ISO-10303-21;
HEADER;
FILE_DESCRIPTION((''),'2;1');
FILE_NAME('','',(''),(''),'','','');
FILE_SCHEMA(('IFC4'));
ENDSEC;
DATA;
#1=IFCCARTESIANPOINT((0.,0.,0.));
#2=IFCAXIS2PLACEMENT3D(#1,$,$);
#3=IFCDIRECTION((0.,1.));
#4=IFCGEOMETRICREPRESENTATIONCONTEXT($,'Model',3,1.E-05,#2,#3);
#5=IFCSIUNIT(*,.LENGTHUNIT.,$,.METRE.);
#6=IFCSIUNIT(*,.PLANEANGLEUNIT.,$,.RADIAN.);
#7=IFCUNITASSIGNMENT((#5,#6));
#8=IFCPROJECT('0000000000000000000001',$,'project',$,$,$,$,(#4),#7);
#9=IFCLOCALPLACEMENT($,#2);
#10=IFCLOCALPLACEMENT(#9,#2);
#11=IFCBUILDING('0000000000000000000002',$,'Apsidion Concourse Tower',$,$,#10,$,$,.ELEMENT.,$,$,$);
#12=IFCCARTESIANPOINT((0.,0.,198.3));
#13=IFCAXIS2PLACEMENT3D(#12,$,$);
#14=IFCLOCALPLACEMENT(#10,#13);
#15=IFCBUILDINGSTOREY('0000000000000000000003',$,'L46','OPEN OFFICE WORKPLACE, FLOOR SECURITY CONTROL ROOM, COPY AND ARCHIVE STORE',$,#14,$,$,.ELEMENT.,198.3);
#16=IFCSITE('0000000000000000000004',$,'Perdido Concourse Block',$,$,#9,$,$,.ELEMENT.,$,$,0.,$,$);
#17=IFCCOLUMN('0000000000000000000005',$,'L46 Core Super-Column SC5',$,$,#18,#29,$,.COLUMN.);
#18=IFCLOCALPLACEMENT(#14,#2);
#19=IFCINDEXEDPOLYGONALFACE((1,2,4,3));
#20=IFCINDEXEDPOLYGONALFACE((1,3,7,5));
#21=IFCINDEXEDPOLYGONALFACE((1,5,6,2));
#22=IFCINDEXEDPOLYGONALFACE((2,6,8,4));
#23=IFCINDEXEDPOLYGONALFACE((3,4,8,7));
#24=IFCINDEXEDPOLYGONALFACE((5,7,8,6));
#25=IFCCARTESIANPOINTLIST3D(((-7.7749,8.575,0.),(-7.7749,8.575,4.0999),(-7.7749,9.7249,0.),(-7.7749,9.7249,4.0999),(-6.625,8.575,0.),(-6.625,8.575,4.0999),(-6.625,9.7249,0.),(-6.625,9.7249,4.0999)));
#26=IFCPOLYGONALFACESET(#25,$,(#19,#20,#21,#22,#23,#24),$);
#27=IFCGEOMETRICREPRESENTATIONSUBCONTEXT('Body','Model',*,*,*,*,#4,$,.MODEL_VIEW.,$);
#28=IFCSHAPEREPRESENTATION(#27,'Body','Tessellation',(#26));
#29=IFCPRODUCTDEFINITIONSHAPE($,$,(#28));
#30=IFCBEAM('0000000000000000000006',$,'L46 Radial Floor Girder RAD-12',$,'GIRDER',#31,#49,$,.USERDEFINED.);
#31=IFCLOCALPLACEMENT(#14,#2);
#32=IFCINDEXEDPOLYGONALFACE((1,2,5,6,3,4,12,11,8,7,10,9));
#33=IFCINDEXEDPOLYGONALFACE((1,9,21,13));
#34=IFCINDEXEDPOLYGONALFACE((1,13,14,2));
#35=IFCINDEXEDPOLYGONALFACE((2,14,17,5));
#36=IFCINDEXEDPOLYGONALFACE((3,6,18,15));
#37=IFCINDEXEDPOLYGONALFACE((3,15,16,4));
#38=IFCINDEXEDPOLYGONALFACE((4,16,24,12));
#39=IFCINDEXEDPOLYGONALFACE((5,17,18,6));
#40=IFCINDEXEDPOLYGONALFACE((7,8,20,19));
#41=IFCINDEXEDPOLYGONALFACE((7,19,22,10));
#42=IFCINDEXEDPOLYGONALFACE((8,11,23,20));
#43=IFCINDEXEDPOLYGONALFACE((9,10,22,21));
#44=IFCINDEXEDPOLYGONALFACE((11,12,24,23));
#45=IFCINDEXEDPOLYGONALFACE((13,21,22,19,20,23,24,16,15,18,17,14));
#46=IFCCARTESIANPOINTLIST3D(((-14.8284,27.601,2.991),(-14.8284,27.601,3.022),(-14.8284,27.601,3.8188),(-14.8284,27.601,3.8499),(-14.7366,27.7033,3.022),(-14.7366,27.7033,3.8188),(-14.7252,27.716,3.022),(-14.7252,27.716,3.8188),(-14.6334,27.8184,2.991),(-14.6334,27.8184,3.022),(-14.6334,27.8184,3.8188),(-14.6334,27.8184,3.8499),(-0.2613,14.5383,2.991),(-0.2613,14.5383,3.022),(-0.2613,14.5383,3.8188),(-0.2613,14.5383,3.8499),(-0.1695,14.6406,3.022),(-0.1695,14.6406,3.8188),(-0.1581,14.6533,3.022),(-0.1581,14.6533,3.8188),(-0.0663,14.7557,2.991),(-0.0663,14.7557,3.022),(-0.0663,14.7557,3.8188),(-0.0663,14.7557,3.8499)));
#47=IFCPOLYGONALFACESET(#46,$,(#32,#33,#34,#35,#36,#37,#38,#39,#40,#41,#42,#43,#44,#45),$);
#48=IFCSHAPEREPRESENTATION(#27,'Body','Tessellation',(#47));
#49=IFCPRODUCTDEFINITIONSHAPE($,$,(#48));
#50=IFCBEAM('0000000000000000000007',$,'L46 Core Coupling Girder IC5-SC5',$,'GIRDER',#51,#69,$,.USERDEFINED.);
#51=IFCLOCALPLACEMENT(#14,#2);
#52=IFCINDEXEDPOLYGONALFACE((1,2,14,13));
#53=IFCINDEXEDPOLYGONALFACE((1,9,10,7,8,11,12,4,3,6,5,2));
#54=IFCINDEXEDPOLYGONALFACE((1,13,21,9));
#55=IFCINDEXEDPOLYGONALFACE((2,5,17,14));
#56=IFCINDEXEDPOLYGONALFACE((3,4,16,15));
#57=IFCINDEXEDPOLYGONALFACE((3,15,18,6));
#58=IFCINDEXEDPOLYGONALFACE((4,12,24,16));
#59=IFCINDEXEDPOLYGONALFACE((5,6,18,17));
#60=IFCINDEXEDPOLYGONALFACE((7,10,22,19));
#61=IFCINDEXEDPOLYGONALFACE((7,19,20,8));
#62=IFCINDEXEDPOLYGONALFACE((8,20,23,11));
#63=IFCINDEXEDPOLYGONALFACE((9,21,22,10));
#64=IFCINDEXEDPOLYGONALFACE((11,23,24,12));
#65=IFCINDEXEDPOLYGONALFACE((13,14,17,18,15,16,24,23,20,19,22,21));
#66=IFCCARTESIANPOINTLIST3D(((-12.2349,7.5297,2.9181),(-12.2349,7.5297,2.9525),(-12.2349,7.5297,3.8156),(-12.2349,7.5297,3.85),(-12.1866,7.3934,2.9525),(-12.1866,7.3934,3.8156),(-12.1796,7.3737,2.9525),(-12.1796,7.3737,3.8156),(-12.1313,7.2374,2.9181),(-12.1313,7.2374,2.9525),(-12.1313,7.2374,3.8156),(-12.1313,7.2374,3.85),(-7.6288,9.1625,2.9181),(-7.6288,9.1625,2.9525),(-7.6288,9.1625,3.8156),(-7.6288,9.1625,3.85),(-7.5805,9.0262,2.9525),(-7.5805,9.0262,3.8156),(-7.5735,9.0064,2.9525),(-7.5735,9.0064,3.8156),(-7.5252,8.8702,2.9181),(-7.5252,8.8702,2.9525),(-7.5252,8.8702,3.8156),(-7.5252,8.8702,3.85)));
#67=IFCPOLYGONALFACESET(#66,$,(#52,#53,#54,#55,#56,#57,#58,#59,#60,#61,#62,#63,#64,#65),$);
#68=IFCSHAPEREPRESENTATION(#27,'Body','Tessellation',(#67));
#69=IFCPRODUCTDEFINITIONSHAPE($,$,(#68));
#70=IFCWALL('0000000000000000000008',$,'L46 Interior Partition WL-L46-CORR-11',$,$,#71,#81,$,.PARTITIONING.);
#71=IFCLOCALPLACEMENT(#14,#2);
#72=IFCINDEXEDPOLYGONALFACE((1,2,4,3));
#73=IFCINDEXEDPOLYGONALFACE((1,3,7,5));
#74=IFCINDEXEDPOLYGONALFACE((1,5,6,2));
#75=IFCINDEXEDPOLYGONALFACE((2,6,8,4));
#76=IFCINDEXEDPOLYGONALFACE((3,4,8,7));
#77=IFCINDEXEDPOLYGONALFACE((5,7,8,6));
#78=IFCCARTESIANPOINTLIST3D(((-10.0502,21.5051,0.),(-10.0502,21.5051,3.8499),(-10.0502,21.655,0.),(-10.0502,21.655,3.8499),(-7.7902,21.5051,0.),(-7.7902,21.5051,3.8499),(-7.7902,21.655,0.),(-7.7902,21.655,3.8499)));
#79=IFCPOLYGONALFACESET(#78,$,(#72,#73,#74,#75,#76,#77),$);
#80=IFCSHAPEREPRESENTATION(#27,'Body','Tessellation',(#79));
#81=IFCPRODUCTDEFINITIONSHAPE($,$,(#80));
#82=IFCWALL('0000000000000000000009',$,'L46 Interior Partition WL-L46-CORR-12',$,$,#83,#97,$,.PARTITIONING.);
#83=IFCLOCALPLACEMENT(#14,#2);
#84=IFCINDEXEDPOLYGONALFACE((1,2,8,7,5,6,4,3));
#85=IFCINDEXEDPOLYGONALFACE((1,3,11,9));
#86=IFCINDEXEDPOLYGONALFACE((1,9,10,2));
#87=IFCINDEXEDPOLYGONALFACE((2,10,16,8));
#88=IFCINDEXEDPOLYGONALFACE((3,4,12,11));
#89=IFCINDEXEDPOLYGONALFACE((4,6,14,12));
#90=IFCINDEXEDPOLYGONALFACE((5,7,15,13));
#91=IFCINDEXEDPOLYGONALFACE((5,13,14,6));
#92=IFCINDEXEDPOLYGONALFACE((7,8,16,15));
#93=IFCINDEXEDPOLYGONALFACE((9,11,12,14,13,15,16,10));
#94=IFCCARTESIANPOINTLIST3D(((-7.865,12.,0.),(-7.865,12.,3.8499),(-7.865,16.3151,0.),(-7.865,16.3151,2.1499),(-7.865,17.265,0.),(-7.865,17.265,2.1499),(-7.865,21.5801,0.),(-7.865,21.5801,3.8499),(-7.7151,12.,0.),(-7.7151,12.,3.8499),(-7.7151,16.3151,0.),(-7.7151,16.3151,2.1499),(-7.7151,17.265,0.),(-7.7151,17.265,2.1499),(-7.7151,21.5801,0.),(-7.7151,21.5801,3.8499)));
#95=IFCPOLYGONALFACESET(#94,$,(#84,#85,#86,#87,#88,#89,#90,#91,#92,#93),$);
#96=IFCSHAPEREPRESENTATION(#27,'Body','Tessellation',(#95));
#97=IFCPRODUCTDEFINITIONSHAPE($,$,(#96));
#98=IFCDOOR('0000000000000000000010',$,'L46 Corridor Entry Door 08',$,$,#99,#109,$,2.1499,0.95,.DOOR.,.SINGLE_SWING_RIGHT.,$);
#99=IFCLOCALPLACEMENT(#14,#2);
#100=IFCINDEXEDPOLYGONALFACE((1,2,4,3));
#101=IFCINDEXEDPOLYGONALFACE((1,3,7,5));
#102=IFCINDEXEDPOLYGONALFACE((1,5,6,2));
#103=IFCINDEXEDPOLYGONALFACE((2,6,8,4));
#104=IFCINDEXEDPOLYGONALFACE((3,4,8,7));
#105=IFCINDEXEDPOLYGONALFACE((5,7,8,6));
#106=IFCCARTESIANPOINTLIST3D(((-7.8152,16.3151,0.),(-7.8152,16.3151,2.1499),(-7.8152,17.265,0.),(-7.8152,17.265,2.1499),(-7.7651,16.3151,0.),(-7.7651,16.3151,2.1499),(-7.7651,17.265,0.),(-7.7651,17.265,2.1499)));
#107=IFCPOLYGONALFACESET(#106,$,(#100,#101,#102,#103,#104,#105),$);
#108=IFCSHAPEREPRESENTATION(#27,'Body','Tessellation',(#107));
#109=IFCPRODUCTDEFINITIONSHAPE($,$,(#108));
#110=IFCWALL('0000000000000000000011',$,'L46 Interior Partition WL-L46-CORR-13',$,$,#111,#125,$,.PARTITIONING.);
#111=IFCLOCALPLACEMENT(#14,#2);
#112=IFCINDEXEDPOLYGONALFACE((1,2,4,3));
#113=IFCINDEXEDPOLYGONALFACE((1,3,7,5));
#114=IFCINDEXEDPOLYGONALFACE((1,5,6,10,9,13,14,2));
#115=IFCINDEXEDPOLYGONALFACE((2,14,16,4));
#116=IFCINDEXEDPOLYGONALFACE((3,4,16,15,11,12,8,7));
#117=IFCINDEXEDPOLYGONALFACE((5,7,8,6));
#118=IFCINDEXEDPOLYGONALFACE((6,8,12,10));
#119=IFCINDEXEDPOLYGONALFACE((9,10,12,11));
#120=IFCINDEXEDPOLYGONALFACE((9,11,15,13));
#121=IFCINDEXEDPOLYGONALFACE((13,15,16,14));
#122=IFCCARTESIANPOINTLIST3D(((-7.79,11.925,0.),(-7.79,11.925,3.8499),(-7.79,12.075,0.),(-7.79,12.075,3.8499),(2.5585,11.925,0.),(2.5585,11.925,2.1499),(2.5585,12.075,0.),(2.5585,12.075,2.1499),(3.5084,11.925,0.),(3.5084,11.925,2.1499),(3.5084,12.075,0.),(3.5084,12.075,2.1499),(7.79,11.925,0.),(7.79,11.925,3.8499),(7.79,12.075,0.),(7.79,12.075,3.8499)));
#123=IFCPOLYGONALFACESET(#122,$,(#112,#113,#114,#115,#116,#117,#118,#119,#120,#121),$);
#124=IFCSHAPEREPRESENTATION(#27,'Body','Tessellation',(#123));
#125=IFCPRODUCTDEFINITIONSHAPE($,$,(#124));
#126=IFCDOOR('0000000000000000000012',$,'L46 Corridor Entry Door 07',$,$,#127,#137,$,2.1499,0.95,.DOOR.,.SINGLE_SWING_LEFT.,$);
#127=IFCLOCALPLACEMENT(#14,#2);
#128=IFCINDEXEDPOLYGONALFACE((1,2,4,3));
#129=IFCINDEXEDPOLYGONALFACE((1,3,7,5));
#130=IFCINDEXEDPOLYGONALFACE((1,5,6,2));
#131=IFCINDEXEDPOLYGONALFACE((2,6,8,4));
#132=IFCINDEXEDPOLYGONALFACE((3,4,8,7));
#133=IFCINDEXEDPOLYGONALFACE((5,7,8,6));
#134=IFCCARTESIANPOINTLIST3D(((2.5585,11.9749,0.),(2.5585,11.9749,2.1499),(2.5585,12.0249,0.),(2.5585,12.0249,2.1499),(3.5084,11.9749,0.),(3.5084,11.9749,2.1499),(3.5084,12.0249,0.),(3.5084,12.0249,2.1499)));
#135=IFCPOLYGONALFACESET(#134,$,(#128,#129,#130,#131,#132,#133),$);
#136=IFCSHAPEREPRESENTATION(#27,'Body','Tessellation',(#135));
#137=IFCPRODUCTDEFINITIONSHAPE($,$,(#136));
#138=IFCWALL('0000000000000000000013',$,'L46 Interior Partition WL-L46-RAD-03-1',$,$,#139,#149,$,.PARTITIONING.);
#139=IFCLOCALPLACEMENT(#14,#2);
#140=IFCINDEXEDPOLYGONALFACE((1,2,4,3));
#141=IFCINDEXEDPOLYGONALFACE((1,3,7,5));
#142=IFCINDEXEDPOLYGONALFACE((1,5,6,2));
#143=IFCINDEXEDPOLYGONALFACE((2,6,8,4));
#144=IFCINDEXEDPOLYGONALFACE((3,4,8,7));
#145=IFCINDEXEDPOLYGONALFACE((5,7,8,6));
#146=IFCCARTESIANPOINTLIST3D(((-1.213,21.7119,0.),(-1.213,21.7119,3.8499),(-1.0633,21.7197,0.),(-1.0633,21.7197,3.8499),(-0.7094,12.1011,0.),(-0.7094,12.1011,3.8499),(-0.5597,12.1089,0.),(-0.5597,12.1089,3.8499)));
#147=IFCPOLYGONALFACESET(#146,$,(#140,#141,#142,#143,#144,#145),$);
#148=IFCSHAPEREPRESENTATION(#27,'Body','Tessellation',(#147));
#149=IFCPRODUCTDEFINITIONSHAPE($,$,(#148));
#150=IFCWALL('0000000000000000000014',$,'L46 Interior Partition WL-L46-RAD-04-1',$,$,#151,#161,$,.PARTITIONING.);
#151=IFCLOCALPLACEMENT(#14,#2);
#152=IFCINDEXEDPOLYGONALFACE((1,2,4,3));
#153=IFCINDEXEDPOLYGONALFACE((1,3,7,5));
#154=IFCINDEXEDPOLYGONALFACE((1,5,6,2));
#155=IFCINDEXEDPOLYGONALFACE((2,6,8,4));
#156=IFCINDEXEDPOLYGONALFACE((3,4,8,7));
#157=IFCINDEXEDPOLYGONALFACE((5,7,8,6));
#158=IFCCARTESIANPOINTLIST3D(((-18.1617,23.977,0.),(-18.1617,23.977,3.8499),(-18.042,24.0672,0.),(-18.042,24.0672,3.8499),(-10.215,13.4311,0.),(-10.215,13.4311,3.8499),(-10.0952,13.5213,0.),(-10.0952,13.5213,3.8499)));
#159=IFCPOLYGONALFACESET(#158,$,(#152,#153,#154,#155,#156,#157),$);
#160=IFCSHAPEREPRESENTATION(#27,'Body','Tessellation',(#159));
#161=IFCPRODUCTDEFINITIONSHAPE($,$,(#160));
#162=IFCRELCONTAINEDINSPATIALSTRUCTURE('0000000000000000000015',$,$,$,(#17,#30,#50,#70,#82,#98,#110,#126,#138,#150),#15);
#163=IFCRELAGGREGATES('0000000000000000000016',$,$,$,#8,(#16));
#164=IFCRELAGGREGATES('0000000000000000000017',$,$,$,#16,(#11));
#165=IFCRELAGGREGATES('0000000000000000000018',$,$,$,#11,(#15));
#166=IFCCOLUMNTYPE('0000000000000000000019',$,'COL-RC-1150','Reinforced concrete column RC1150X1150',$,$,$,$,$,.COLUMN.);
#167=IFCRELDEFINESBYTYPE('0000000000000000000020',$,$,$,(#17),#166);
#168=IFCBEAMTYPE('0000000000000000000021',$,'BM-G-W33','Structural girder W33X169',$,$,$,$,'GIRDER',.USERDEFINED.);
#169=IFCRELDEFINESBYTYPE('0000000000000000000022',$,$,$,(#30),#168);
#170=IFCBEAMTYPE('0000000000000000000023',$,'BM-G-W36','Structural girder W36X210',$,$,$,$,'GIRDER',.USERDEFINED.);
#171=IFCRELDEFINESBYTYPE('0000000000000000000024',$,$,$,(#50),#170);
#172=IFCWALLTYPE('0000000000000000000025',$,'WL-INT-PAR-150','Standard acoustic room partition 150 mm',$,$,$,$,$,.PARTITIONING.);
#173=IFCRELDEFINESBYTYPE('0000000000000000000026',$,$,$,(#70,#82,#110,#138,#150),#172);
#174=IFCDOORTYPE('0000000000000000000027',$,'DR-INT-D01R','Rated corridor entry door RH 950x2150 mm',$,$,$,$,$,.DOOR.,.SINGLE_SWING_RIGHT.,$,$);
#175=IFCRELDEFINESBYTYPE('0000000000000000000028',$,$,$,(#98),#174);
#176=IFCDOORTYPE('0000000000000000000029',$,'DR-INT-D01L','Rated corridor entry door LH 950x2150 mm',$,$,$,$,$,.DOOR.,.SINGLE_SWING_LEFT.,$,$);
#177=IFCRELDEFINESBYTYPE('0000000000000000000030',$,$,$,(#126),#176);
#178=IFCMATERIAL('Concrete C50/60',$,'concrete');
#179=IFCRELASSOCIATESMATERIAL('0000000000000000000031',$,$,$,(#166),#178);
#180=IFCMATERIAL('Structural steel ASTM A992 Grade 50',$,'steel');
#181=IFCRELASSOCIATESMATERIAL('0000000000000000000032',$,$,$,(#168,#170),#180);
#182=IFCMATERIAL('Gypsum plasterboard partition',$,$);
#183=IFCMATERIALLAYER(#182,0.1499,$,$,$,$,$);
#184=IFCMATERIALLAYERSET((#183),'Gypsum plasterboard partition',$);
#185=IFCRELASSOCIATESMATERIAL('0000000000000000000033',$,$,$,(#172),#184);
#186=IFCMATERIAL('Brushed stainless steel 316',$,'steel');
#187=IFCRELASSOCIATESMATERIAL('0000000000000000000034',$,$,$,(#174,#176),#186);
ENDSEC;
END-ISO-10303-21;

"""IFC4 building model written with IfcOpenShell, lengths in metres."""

from ifc_helpers import new_model, si_unit, direction, frame, frame_2d, origin, origin_2d, place, context, subcontext, project, spatial, rectangle, i_section, extrude, material, layer, layer_set, material_profile, profile_set, type_object, element, fill, save


model = new_model("IFC4")

# Units and contexts
model_context = context("Model", 3, precision=1e-05, world=origin(), true_north=direction((0.0, 1.0)))
body_context = subcontext(model_context, "Body", "Model", "MODEL_VIEW")
ifc_project = project(units=[si_unit("LENGTHUNIT", "METRE"), si_unit("PLANEANGLEUNIT", "RADIAN")], contexts=[model_context])

# Site, building, storey
site_placement = place(None, origin())
site = spatial("IfcSite", under=ifc_project, at=site_placement, Name="Perdido Concourse Block", CompositionType="ELEMENT", RefElevation=0.0)
building_placement = place(site_placement, origin())
building = spatial("IfcBuilding", under=site, at=building_placement, Name="Apsidion Concourse Tower", CompositionType="ELEMENT")
storey_placement = place(building_placement, frame((0.0, 0.0, 198.3)))
storey = spatial("IfcBuildingStorey", under=building, at=storey_placement, Name="L46", Description="OPEN OFFICE WORKPLACE, FLOOR SECURITY CONTROL ROOM, COPY AND ARCHIVE STORE", CompositionType="ELEMENT", Elevation=198.3)

# Column
ifc_material_1 = material(Name="Concrete C50/60", Category="concrete")
ifc_material_profile_1 = material_profile(ifc_material_1, rectangle(XDim=1.1499, YDim=1.1499, at=origin_2d()), Name="RC 1150x1150")
ifc_profile_set_1 = profile_set([ifc_material_profile_1], Name="Concrete C50/60")
column_type = type_object("IfcColumnType", Name="COL-RC-1150", Description="Reinforced concrete column RC1150X1150", PredefinedType="COLUMN", material=ifc_profile_set_1)
column_placement = place(storey_placement, frame((-7.2, 9.1499, 0.0), z_axis=(0.0, 0.0, 1.0), x_axis=(1.0, 0.0, 0.0)))
element("IfcColumn", 1, at=column_placement, inside=storey, type_object=column_type, Name="L46 Core Super-Column SC5", PredefinedType="COLUMN", context=body_context, shape_type="SweptSolid", body=[
    extrude(rectangle(XDim=1.1499, YDim=1.1499, at=origin_2d()), origin(), (0.0, 0.0, 1.0), 4.0999),
])

# Beams
ifc_material_2 = material(Name="Structural steel ASTM A992 Grade 50", Category="steel")
ifc_material_profile_2 = material_profile(ifc_material_2, i_section(OverallWidth=0.292, OverallDepth=0.8589, WebThickness=0.0171, FlangeThickness=0.031, at=origin_2d()), Name="W33X169")
ifc_profile_set_2 = profile_set([ifc_material_profile_2], Name="Structural steel ASTM A992 Grade 50")
beam_type_1 = type_object("IfcBeamType", Name="BM-G-W33", Description="Structural girder W33X169", ElementType="GIRDER", PredefinedType="USERDEFINED", material=ifc_profile_set_2)
beam_1_placement = place(storey_placement, frame((-0.1638, 14.647, 3.4204), z_axis=(-0.744505, 0.667617, 0.0), x_axis=(-0.667617, -0.744505, 0.0)))
element("IfcBeam", 2, at=beam_1_placement, inside=storey, type_object=beam_type_1, Name="L46 Radial Floor Girder RAD-12", ObjectType="GIRDER", PredefinedType="USERDEFINED", context=body_context, shape_type="SweptSolid", body=[
    extrude(i_section(OverallWidth=0.292, OverallDepth=0.8589, WebThickness=0.0171, FlangeThickness=0.031, at=origin_2d()), origin(), (0.0, 0.0, 1.0), 19.5662),
])
ifc_material_profile_3 = material_profile(ifc_material_2, i_section(OverallWidth=0.3101, OverallDepth=0.9319, WebThickness=0.021, FlangeThickness=0.0344, at=origin_2d()), Name="W36X210")
ifc_profile_set_3 = profile_set([ifc_material_profile_3], Name="Structural steel ASTM A992 Grade 50")
beam_type_2 = type_object("IfcBeamType", Name="BM-G-W36", Description="Structural girder W36X210", ElementType="GIRDER", PredefinedType="USERDEFINED", material=ifc_profile_set_3)
beam_2_placement = place(storey_placement, frame((-12.1831, 7.3835, 3.384), z_axis=(0.942534, 0.334111, 0.0), x_axis=(-0.334111, 0.942534, 0.0)))
element("IfcBeam", 3, at=beam_2_placement, inside=storey, type_object=beam_type_2, Name="L46 Core Coupling Girder IC5-SC5", ObjectType="GIRDER", PredefinedType="USERDEFINED", context=body_context, shape_type="SweptSolid", body=[
    extrude(i_section(OverallWidth=0.3101, OverallDepth=0.9319, WebThickness=0.021, FlangeThickness=0.0344, at=origin_2d()), origin(), (0.0, 0.0, 1.0), 4.887),
])

# Wall
ifc_material_3 = material(Name="Gypsum plasterboard partition")
ifc_layer_1 = layer(ifc_material_3, 0.1499)
ifc_layer_set_1 = layer_set([ifc_layer_1], Name="Gypsum plasterboard partition")
wall_type_1 = type_object("IfcWallType", Name="WL-INT-PAR-150", Description="Standard acoustic room partition 150 mm", PredefinedType="PARTITIONING", material=ifc_layer_set_1)
wall_1_placement = place(storey_placement, frame((-10.05, 21.5801, 0.0), z_axis=(0.0, 0.0, 1.0), x_axis=(1.0, 0.0, 0.0)))
element("IfcWall", 4, at=wall_1_placement, inside=storey, type_object=wall_type_1, Name="L46 Interior Partition WL-L46-CORR-11", PredefinedType="PARTITIONING", context=body_context, shape_type="SweptSolid", body=[
    extrude(rectangle(XDim=2.26, YDim=0.1499, at=frame_2d((1.1299, 0.0))), origin(), (0.0, 0.0, 1.0), 3.8499),
])

# Walls, openings, doors
wall_2_placement = place(storey_placement, frame((-7.79, 21.5801, 0.0), z_axis=(0.0, 0.0, 1.0), x_axis=(0.0, -1.0, 0.0)))
wall_2 = element("IfcWall", 5, at=wall_2_placement, inside=storey, type_object=wall_type_1, Name="L46 Interior Partition WL-L46-CORR-12", PredefinedType="PARTITIONING", context=body_context, shape_type="SweptSolid", body=[
    extrude(rectangle(XDim=9.5801, YDim=0.1499, at=frame_2d((4.79, 0.0))), origin(), (0.0, 0.0, 1.0), 3.8499),
])
opening_1_placement = place(wall_2_placement, frame((4.3149, 0.0, 0.0)))
opening_1 = element("IfcOpeningElement", 6, at=opening_1_placement, cuts=wall_2, PredefinedType="OPENING", context=body_context, shape_type="SweptSolid", body=[
    extrude(rectangle(XDim=0.95, YDim=2.1499, at=frame_2d((0.4751, 1.075))), frame((0.0, 0.085, 0.0), z_axis=(0.0, -1.0, 0.0), x_axis=(1.0, 0.0, 0.0)), (0.0, 0.0, 1.0), 0.1699),
])
ifc_material_4 = material(Name="Brushed stainless steel 316", Category="steel")
door_type_1 = type_object("IfcDoorType", Name="DR-INT-D01R", Description="Rated corridor entry door RH 950x2150 mm", OperationType="SINGLE_SWING_RIGHT", PredefinedType="DOOR", material=ifc_material_4)
door_1_placement = place(opening_1_placement, origin())
door_1 = element("IfcDoor", 7, at=door_1_placement, inside=storey, type_object=door_type_1, Name="L46 Corridor Entry Door 08", OperationType="SINGLE_SWING_RIGHT", OverallHeight=2.1499, OverallWidth=0.95, PredefinedType="DOOR", context=body_context, shape_type="SweptSolid", body=[
    extrude(rectangle(XDim=0.95, YDim=2.1499, at=frame_2d((0.4751, 1.075))), frame((0.0, 0.0249, 0.0), z_axis=(0.0, -1.0, 0.0), x_axis=(1.0, 0.0, 0.0)), (0.0, 0.0, 1.0), 0.05),
])
fill(opening_1, door_1)
wall_3_placement = place(storey_placement, frame((-7.79, 12.0, 0.0), z_axis=(0.0, 0.0, 1.0), x_axis=(1.0, 0.0, 0.0)))
wall_3 = element("IfcWall", 8, at=wall_3_placement, inside=storey, type_object=wall_type_1, Name="L46 Interior Partition WL-L46-CORR-13", PredefinedType="PARTITIONING", context=body_context, shape_type="SweptSolid", body=[
    extrude(rectangle(XDim=15.5801, YDim=0.1499, at=frame_2d((7.79, 0.0))), origin(), (0.0, 0.0, 1.0), 3.8499),
])
opening_2_placement = place(wall_3_placement, frame((10.3484, 0.0, 0.0)))
opening_2 = element("IfcOpeningElement", 9, at=opening_2_placement, cuts=wall_3, PredefinedType="OPENING", context=body_context, shape_type="SweptSolid", body=[
    extrude(rectangle(XDim=0.95, YDim=2.1499, at=frame_2d((0.4751, 1.075))), frame((0.0, 0.085, 0.0), z_axis=(0.0, -1.0, 0.0), x_axis=(1.0, 0.0, 0.0)), (0.0, 0.0, 1.0), 0.1699),
])
door_type_2 = type_object("IfcDoorType", Name="DR-INT-D01L", Description="Rated corridor entry door LH 950x2150 mm", OperationType="SINGLE_SWING_LEFT", PredefinedType="DOOR", material=ifc_material_4)
door_2_placement = place(opening_2_placement, origin())
door_2 = element("IfcDoor", 10, at=door_2_placement, inside=storey, type_object=door_type_2, Name="L46 Corridor Entry Door 07", OperationType="SINGLE_SWING_LEFT", OverallHeight=2.1499, OverallWidth=0.95, PredefinedType="DOOR", context=body_context, shape_type="SweptSolid", body=[
    extrude(rectangle(XDim=0.95, YDim=2.1499, at=frame_2d((0.4751, 1.075))), frame((0.0, 0.0249, 0.0), z_axis=(0.0, -1.0, 0.0), x_axis=(1.0, 0.0, 0.0)), (0.0, 0.0, 1.0), 0.05),
])
fill(opening_2, door_2)

# Walls
wall_4_placement = place(storey_placement, frame((-0.6345, 12.105, 0.0), z_axis=(0.0, 0.0, 1.0), x_axis=(-0.052334, 0.99863, 0.0)))
element("IfcWall", 11, at=wall_4_placement, inside=storey, type_object=wall_type_1, Name="L46 Interior Partition WL-L46-RAD-03-1", PredefinedType="PARTITIONING", context=body_context, shape_type="SweptSolid", body=[
    extrude(rectangle(XDim=9.624, YDim=0.1499, at=frame_2d((4.812, 0.0))), origin(), (0.0, 0.0, 1.0), 3.8499),
])
wall_5_placement = place(storey_placement, frame((-10.155, 13.4761, 0.0), z_axis=(0.0, 0.0, 1.0), x_axis=(-0.601809, 0.79864, 0.0)))
element("IfcWall", 12, at=wall_5_placement, inside=storey, type_object=wall_type_1, Name="L46 Interior Partition WL-L46-RAD-04-1", PredefinedType="PARTITIONING", context=body_context, shape_type="SweptSolid", body=[
    extrude(rectangle(XDim=13.2048, YDim=0.1499, at=frame_2d((6.6025, 0.0))), origin(), (0.0, 0.0, 1.0), 3.8499),
])

save(model, "model.ifc")
